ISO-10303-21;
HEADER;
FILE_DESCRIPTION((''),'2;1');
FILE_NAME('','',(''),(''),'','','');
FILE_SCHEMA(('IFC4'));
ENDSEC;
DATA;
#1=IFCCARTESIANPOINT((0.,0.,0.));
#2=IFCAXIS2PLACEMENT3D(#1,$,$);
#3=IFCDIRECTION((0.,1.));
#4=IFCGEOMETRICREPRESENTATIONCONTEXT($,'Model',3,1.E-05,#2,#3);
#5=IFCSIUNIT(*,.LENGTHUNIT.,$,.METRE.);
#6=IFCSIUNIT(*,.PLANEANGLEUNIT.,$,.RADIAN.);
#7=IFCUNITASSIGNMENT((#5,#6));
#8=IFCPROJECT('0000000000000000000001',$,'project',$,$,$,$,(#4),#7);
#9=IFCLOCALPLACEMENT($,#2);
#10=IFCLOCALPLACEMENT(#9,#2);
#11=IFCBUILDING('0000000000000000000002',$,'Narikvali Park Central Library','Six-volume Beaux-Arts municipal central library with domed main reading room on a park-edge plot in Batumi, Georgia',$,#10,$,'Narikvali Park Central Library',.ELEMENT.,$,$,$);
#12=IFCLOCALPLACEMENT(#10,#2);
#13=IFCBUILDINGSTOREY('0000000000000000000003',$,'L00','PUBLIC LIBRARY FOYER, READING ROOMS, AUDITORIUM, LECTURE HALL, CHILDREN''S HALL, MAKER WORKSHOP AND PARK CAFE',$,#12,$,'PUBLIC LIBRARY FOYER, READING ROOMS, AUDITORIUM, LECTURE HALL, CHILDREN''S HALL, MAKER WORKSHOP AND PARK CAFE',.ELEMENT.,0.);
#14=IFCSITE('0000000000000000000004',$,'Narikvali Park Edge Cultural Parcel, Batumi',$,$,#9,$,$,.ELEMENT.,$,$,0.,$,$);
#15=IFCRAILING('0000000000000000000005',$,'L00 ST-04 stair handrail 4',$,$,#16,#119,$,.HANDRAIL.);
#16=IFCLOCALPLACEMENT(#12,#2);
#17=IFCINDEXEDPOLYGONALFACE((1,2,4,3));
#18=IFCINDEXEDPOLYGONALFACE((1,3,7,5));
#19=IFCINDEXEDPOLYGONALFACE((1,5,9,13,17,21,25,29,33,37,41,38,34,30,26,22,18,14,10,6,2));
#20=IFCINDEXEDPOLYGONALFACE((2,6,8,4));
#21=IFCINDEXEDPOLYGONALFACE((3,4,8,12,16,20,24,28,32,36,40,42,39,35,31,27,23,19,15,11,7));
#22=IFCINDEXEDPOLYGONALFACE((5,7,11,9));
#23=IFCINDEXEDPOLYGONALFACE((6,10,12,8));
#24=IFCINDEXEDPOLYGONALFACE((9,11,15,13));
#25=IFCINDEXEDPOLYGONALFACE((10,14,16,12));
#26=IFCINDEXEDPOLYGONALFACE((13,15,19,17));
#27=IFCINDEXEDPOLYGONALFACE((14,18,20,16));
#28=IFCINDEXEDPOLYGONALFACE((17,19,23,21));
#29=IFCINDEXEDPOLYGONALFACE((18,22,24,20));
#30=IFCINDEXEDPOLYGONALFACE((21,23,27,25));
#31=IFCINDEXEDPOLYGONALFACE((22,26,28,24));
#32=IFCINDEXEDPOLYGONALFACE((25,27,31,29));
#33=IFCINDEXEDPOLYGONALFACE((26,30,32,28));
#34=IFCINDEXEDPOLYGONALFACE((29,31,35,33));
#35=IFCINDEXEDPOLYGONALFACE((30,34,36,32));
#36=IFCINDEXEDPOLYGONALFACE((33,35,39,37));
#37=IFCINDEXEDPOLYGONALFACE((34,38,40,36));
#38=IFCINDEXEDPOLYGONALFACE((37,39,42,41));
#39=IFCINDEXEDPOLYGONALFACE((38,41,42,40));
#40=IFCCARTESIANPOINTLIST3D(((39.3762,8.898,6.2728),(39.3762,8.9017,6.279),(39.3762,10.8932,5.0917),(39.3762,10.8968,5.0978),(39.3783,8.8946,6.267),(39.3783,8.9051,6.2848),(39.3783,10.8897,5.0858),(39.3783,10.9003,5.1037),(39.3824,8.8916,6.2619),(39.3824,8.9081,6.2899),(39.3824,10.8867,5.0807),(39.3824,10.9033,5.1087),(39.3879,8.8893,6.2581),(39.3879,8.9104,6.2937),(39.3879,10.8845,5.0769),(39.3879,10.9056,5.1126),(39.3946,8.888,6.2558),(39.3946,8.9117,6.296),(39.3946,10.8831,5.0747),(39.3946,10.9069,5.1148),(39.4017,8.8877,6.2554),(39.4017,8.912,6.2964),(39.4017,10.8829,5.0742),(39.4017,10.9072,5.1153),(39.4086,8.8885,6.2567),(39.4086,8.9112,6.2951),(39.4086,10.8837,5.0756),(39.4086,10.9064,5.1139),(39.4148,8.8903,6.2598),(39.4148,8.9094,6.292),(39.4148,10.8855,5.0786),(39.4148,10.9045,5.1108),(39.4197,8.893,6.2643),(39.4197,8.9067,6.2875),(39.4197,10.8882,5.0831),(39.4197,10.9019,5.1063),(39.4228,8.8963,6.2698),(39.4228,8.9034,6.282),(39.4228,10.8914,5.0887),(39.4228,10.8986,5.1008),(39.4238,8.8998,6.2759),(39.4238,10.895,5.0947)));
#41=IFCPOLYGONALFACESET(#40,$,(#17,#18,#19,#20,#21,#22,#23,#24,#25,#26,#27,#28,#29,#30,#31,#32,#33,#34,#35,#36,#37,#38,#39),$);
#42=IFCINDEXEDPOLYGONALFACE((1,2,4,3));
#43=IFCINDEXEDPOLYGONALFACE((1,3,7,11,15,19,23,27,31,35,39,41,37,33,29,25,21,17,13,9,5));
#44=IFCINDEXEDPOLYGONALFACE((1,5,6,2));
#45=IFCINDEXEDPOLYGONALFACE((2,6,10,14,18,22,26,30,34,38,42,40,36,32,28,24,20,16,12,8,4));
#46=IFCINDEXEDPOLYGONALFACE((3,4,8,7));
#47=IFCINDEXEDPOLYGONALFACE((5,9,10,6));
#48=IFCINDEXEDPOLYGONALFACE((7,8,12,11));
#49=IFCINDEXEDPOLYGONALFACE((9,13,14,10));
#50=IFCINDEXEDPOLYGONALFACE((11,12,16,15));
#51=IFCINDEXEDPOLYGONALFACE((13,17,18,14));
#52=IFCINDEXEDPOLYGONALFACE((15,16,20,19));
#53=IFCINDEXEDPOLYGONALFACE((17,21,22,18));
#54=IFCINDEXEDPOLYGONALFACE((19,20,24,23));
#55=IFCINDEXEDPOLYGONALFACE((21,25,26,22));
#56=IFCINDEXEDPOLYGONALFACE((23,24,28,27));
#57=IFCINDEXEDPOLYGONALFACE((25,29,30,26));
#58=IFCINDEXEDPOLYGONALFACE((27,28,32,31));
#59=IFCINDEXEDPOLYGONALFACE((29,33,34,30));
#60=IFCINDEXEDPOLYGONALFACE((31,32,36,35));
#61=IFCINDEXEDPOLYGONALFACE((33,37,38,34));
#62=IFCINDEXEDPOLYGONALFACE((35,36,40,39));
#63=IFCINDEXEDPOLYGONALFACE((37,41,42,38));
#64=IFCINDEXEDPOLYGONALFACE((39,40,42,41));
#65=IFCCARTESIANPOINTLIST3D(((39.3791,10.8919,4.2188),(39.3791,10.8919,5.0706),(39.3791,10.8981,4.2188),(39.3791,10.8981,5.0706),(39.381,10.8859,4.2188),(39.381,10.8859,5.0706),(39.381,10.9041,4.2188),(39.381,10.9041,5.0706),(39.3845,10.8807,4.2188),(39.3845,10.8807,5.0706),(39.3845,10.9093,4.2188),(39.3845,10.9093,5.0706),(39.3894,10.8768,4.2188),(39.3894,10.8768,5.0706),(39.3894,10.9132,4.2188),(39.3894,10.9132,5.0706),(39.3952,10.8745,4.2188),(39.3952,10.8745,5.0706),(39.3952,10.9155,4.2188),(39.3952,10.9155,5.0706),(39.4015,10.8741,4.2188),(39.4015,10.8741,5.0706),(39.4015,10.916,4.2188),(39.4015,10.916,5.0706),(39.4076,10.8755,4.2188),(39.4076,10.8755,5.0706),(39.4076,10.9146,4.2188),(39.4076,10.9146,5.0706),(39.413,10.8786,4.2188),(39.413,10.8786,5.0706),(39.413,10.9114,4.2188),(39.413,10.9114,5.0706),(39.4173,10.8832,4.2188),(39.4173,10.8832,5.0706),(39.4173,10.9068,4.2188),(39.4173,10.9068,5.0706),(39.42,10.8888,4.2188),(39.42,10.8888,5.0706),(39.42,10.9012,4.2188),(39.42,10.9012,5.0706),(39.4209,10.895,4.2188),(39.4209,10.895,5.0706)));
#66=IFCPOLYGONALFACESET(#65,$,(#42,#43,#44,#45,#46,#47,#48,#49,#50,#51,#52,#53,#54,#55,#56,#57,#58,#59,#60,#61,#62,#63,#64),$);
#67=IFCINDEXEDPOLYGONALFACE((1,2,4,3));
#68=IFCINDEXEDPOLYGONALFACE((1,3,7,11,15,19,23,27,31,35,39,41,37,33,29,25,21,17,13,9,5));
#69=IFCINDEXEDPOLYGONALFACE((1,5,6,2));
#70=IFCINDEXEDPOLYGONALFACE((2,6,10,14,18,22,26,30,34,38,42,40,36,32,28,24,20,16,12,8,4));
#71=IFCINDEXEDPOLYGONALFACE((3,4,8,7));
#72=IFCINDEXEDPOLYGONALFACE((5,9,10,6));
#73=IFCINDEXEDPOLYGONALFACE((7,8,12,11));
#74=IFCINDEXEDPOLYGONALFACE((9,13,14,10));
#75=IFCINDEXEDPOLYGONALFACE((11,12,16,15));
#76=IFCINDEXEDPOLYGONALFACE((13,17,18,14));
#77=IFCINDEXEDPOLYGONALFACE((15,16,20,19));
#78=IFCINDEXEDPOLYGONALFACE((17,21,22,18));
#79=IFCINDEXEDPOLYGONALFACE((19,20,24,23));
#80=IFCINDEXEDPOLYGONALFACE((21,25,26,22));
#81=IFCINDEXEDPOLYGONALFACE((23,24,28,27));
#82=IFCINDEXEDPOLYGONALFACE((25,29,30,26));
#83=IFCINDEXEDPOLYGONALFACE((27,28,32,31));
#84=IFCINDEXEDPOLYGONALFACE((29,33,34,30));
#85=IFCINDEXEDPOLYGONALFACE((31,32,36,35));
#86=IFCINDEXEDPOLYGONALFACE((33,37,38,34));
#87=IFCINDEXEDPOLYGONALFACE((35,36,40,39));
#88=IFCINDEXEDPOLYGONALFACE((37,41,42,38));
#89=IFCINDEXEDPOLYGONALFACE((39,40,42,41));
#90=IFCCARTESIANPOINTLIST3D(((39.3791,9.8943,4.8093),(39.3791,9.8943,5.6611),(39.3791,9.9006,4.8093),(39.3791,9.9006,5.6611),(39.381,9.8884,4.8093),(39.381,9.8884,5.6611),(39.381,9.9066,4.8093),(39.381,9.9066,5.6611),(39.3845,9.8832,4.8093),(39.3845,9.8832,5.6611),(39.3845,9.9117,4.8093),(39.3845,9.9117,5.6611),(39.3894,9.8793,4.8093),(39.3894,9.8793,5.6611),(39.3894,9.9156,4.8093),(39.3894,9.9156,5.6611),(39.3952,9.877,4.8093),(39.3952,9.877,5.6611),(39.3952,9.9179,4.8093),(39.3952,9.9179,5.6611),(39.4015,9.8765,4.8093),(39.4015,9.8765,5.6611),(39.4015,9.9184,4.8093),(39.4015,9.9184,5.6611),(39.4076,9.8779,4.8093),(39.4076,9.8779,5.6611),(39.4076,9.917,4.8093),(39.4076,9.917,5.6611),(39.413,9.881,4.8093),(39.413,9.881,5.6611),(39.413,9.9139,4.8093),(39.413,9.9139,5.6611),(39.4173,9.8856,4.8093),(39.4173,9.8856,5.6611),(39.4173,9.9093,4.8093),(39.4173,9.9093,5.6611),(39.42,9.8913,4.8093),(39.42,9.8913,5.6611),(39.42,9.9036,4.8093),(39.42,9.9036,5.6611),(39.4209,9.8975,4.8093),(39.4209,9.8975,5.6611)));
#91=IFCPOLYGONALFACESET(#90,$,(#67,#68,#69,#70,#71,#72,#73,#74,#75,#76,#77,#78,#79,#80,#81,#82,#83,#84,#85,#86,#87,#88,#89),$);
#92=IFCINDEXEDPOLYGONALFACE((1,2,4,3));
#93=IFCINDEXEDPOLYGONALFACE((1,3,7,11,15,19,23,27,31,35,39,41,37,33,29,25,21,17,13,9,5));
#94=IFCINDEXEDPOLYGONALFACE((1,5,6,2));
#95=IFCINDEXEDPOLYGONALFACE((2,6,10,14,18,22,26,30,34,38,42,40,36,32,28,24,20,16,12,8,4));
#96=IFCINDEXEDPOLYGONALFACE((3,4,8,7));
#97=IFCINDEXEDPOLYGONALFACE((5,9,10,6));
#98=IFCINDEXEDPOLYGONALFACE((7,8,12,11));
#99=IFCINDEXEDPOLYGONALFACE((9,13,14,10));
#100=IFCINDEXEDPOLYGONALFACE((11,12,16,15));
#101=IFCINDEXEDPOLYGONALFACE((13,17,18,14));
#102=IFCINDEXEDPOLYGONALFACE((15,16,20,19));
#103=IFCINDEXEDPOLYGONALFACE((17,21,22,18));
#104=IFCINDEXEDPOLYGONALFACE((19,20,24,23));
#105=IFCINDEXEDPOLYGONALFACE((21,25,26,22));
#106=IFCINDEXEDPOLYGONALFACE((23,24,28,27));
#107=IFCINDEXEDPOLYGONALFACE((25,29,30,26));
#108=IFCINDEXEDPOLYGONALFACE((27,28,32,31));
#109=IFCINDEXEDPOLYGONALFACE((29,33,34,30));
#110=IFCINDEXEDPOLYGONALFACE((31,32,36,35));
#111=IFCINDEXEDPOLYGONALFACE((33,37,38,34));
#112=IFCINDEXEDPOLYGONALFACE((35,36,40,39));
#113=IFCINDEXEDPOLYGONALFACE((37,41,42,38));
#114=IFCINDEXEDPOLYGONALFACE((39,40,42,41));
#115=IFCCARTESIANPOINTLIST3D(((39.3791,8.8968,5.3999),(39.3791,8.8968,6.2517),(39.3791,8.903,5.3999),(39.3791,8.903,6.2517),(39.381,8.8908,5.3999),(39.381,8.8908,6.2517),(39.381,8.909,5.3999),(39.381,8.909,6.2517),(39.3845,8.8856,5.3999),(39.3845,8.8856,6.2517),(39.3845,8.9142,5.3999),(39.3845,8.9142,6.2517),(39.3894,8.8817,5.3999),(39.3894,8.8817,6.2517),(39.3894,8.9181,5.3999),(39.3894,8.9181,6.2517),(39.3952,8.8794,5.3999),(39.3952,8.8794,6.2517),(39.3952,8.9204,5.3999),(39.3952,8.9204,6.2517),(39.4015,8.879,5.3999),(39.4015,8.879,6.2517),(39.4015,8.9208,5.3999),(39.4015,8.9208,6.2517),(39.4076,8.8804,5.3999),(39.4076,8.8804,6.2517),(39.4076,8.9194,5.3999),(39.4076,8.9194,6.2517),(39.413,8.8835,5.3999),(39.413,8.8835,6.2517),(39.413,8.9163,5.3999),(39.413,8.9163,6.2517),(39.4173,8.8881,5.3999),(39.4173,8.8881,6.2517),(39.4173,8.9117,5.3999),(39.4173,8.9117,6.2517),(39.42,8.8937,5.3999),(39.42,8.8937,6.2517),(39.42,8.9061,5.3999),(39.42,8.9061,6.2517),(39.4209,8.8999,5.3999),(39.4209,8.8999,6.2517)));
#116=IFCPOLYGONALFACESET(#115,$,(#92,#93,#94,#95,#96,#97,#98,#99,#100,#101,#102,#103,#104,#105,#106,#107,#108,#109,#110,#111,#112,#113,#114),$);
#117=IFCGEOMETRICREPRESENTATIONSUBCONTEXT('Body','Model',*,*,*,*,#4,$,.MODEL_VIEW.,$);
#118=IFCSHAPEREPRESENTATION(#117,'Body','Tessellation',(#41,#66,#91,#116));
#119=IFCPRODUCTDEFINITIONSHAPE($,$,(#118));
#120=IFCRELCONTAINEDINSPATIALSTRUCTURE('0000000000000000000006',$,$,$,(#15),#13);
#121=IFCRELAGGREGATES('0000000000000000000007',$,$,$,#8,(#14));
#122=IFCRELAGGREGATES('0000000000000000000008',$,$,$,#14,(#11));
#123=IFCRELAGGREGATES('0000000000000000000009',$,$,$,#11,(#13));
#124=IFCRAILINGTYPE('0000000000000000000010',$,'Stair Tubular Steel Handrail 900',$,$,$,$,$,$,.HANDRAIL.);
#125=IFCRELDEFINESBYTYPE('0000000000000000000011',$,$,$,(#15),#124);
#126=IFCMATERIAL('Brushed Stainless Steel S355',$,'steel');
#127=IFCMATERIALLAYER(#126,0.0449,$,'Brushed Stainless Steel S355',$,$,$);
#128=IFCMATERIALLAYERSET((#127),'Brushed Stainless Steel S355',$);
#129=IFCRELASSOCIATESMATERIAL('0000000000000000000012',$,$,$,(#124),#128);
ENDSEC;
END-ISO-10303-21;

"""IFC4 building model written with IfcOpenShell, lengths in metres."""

from ifc_helpers import new_model, si_unit, direction, frame, origin, origin_2d, place, context, subcontext, project, spatial, circle, extrude, material, layer, layer_set, type_object, element, save


model = new_model("IFC4")

# Units and contexts
model_context = context("Model", 3, precision=1e-05, world=origin(), true_north=direction((0.0, 1.0)))
body_context = subcontext(model_context, "Body", "Model", "MODEL_VIEW")
ifc_project = project(units=[si_unit("LENGTHUNIT", "METRE"), si_unit("PLANEANGLEUNIT", "RADIAN")], contexts=[model_context])

# Site, building, storey
site_placement = place(None, origin())
site = spatial("IfcSite", under=ifc_project, at=site_placement, Name="Narikvali Park Edge Cultural Parcel, Batumi", CompositionType="ELEMENT", RefElevation=0.0)
building_placement = place(site_placement, origin())
building = spatial("IfcBuilding", under=site, at=building_placement, Name="Narikvali Park Central Library", Description="Six-volume Beaux-Arts municipal central library with domed main reading room on a park-edge plot in Batumi, Georgia", LongName="Narikvali Park Central Library", CompositionType="ELEMENT")
storey_placement = place(building_placement, origin())
storey = spatial("IfcBuildingStorey", under=building, at=storey_placement, Name="L00", Description="PUBLIC LIBRARY FOYER, READING ROOMS, AUDITORIUM, LECTURE HALL, CHILDREN'S HALL, MAKER WORKSHOP AND PARK CAFE", LongName="PUBLIC LIBRARY FOYER, READING ROOMS, AUDITORIUM, LECTURE HALL, CHILDREN'S HALL, MAKER WORKSHOP AND PARK CAFE", CompositionType="ELEMENT", Elevation=0.0)

# Railing
ifc_material_1 = material(Name="Brushed Stainless Steel S355", Category="steel")
ifc_layer_1 = layer(ifc_material_1, 0.0449, Name="Brushed Stainless Steel S355")
ifc_layer_set_1 = layer_set([ifc_layer_1], Name="Brushed Stainless Steel S355")
railing_type_1 = type_object("IfcRailingType", Name="Stair Tubular Steel Handrail 900", PredefinedType="HANDRAIL", material=ifc_layer_set_1)
railing_1_placement = place(storey_placement, frame((39.3999, 10.895, 4.2188)))
element("IfcRailing", 1, at=railing_1_placement, inside=storey, type_object=railing_type_1, Name="L00 ST-04 stair handrail 4", PredefinedType="HANDRAIL", context=body_context, shape_type="SweptSolid", body=[
    extrude(circle(Radius=0.0239, at=origin_2d()), frame((0.0, 0.0, 0.876), z_axis=(0.0, -0.860507, 0.509439), x_axis=(1.0, 0.0, 0.0)), (0.0, 0.0, 1.0), 2.3186),
    extrude(circle(Radius=0.021, at=origin_2d()), origin(), (0.0, 0.0, 1.0), 0.8518),
    extrude(circle(Radius=0.021, at=origin_2d()), frame((0.0, -0.9976, 0.5906)), (0.0, 0.0, 1.0), 0.8518),
    extrude(circle(Radius=0.021, at=origin_2d()), frame((0.0, -1.9951, 1.1812)), (0.0, 0.0, 1.0), 0.8518),
])

save(model, "model.ifc")
